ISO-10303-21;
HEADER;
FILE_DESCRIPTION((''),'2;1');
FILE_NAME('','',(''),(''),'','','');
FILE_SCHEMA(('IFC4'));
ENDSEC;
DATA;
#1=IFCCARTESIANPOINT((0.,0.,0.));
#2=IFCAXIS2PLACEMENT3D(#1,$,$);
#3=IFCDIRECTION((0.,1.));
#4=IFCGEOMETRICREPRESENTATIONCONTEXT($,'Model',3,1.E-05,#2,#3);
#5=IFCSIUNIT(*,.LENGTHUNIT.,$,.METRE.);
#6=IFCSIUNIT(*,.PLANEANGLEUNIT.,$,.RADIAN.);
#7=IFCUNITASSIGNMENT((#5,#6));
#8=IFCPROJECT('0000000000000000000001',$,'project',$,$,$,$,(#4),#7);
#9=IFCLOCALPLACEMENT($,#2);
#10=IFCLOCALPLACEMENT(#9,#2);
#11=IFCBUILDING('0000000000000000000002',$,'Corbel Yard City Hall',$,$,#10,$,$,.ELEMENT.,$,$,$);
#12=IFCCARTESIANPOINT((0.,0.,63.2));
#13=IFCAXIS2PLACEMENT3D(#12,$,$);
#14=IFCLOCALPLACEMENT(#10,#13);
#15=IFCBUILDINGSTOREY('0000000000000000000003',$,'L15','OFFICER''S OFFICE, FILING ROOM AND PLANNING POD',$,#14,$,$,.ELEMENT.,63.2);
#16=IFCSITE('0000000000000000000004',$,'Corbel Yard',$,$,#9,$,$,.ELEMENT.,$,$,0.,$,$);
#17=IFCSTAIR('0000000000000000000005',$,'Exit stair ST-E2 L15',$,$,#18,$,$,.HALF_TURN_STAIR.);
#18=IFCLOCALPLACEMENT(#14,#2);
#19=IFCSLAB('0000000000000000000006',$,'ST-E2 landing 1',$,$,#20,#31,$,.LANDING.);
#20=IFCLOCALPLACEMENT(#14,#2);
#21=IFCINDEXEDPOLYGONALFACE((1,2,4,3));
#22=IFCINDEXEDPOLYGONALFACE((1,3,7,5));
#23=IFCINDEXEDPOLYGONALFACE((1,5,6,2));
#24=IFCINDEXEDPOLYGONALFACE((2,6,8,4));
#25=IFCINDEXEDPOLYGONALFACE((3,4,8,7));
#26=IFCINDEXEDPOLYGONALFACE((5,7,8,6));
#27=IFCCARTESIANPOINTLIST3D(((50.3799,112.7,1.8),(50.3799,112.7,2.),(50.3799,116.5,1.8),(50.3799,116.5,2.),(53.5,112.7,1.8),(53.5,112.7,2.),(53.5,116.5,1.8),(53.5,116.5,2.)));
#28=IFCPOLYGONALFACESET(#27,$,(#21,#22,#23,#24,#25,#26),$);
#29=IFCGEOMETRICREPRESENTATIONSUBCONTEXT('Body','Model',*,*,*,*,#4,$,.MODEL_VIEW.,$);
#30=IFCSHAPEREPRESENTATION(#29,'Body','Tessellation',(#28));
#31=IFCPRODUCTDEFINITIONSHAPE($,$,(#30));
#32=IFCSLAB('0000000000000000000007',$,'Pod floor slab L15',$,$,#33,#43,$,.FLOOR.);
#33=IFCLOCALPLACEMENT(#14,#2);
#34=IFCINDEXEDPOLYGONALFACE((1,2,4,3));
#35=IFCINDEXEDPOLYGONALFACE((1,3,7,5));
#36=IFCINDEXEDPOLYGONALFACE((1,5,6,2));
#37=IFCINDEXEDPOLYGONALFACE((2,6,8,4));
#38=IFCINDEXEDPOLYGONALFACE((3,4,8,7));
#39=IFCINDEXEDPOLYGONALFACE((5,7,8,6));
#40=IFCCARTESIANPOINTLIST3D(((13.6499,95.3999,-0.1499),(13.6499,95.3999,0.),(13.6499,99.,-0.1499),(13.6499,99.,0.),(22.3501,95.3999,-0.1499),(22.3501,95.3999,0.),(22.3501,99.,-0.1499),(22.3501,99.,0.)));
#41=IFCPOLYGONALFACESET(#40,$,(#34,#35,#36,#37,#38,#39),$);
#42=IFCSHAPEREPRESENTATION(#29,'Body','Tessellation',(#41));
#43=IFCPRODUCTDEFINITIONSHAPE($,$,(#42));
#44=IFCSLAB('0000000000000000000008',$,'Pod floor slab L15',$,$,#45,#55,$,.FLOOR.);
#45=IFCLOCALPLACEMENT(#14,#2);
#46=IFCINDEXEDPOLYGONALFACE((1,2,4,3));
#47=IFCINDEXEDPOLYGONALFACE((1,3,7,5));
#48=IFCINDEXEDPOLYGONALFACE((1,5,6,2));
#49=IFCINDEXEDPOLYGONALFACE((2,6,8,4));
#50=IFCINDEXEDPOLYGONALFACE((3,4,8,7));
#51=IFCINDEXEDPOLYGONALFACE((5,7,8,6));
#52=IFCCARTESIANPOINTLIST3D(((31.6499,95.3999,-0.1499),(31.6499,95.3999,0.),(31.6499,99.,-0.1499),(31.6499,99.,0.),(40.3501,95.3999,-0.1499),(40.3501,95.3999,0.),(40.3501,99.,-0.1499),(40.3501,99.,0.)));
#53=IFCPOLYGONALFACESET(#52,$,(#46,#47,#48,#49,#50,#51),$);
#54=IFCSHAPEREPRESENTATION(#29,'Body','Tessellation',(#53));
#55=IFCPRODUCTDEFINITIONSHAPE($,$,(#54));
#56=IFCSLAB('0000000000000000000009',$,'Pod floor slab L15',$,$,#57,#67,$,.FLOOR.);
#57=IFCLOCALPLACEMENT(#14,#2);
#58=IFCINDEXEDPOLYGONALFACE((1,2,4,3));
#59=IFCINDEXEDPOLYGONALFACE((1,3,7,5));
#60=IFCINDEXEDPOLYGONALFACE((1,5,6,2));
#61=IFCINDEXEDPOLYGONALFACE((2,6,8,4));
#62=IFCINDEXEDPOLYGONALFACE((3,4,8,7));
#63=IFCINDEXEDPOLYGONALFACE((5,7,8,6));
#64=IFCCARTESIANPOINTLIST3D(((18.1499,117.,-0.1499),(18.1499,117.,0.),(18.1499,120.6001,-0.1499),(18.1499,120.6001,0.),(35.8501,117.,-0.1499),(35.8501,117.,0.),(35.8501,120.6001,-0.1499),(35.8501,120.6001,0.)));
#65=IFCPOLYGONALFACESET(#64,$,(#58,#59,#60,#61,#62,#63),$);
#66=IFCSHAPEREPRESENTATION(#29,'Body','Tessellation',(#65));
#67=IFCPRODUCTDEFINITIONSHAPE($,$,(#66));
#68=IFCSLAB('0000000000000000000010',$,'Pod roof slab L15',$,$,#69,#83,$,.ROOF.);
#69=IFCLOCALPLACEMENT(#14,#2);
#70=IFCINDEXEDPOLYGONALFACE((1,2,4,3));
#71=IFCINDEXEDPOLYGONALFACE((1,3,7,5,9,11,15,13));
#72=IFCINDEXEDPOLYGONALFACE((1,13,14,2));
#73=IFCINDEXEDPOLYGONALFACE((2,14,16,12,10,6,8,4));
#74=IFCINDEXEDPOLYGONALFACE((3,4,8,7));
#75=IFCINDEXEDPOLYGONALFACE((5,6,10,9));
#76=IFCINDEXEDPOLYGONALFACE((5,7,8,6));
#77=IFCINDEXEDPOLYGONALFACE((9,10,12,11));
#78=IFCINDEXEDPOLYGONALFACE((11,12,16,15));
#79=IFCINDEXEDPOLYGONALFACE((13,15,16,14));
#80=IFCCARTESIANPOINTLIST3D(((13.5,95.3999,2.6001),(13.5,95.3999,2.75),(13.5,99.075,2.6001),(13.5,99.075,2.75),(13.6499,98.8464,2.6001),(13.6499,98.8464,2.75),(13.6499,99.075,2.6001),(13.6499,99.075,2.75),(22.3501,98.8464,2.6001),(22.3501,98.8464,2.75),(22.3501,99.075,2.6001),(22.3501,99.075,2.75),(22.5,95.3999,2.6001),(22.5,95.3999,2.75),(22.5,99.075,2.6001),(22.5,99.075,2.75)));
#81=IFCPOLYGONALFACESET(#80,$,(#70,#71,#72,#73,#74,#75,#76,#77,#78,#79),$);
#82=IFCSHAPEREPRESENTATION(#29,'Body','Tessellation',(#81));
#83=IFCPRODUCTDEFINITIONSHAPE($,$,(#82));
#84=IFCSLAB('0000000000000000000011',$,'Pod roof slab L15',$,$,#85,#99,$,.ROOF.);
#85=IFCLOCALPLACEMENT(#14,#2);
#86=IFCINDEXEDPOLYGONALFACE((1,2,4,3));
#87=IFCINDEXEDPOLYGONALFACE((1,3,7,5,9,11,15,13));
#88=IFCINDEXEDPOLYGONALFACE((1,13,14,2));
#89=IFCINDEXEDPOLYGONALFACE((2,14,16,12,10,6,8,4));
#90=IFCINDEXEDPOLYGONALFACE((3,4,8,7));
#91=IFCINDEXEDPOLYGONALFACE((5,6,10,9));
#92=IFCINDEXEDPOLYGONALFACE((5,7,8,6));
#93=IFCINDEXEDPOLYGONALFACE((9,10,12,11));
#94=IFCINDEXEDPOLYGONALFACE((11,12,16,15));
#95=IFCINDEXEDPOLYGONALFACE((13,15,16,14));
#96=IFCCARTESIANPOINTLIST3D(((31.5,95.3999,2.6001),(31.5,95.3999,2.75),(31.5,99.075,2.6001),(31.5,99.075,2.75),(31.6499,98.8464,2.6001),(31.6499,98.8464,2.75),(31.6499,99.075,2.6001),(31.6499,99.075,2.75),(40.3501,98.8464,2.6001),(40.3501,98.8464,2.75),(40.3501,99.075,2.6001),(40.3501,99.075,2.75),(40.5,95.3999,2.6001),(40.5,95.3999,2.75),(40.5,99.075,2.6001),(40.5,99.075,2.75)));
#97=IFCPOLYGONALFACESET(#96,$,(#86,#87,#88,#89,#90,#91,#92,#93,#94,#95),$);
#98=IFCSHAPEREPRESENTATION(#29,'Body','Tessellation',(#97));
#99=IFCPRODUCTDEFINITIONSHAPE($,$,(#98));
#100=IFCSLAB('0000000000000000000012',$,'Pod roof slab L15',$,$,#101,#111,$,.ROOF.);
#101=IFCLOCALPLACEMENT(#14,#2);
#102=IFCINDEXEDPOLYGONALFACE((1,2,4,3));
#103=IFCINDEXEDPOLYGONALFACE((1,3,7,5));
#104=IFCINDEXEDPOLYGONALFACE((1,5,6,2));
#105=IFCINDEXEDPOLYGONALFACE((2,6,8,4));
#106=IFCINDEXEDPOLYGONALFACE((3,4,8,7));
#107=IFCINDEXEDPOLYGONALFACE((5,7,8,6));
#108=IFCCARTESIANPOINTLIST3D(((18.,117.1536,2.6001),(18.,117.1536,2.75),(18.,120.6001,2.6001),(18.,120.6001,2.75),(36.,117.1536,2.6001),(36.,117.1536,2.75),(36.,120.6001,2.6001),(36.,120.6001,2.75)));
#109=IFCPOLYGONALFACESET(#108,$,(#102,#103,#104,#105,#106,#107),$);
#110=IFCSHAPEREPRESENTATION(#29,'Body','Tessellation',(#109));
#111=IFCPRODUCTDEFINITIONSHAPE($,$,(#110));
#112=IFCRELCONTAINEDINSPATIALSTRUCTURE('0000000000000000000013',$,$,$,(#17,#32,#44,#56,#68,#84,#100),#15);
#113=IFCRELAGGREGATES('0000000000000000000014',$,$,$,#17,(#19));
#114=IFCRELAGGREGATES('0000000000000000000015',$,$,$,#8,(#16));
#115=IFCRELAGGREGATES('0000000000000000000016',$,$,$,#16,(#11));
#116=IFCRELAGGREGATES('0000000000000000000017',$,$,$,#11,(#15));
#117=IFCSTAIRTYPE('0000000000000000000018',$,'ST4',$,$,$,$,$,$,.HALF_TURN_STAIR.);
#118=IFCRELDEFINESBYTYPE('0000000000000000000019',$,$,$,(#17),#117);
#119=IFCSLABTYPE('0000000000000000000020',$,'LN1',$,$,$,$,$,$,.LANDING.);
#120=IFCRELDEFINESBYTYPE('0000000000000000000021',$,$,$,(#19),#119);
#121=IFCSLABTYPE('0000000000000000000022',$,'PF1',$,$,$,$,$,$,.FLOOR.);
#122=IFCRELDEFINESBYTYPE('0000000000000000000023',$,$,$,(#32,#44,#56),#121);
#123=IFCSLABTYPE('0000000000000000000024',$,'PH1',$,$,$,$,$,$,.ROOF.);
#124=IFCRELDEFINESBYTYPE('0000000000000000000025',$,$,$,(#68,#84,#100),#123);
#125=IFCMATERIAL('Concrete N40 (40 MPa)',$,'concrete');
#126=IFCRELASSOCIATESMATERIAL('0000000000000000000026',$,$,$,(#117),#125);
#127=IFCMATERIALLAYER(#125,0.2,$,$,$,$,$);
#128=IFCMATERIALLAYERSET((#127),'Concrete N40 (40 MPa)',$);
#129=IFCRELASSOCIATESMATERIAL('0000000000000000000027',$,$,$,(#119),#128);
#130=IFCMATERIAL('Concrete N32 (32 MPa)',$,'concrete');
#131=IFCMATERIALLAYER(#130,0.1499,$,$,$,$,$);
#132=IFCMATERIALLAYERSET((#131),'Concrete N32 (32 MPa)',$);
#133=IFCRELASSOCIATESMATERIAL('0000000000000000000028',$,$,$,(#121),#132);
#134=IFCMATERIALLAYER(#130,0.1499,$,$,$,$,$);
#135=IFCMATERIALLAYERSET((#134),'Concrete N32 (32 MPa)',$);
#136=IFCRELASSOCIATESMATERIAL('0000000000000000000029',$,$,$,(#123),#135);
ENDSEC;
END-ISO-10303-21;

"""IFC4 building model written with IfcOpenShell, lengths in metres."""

from ifc_helpers import new_model, si_unit, direction, frame, origin, place, context, subcontext, project, spatial, polyline, outline, extrude, material, layer, layer_set, type_object, element, aggregate, save


model = new_model("IFC4")

# Units and contexts
model_context = context("Model", 3, precision=1e-05, world=origin(), true_north=direction((0.0, 1.0)))
body_context = subcontext(model_context, "Body", "Model", "MODEL_VIEW")
ifc_project = project(units=[si_unit("LENGTHUNIT", "METRE"), si_unit("PLANEANGLEUNIT", "RADIAN")], contexts=[model_context])

# Site, building, storey
site_placement = place(None, origin())
site = spatial("IfcSite", under=ifc_project, at=site_placement, Name="Corbel Yard", CompositionType="ELEMENT", RefElevation=0.0)
building_placement = place(site_placement, origin())
building = spatial("IfcBuilding", under=site, at=building_placement, Name="Corbel Yard City Hall", CompositionType="ELEMENT")
storey_placement = place(building_placement, frame((0.0, 0.0, 63.2)))
storey = spatial("IfcBuildingStorey", under=building, at=storey_placement, Name="L15", Description="OFFICER'S OFFICE, FILING ROOM AND PLANNING POD", CompositionType="ELEMENT", Elevation=63.2)

# Shared definitions
ifc_material_1 = material(Name="Concrete N40 (40 MPa)", Category="concrete")

# Stair, slab
stair_type = type_object("IfcStairType", Name="ST4", PredefinedType="HALF_TURN_STAIR", material=ifc_material_1)
ifc_layer_1 = layer(ifc_material_1, 0.2)
ifc_layer_set_1 = layer_set([ifc_layer_1], Name="Concrete N40 (40 MPa)")
slab_type_1 = type_object("IfcSlabType", Name="LN1", PredefinedType="LANDING", material=ifc_layer_set_1)
stair_1_placement = place(storey_placement, origin())
stair_1 = element("IfcStair", 1, at=stair_1_placement, inside=storey, type_object=stair_type, Name="Exit stair ST-E2 L15", PredefinedType="HALF_TURN_STAIR")
slab_1_placement = place(storey_placement, frame((0.0, 0.0, 1.8)))
slab_1 = element("IfcSlab", 2, at=slab_1_placement, type_object=slab_type_1, Name="ST-E2 landing 1", PredefinedType="LANDING", context=body_context, shape_type="SweptSolid", body=[
    extrude(outline(polyline([(50.3799, 112.7), (53.5, 112.7), (53.5, 116.5), (50.3799, 116.5), (50.3799, 112.7)])), origin(), (0.0, 0.0, 1.0), 0.2),
])
aggregate(stair_1, [slab_1])

# Slabs
ifc_material_2 = material(Name="Concrete N32 (32 MPa)", Category="concrete")
ifc_layer_2 = layer(ifc_material_2, 0.1499)
ifc_layer_set_2 = layer_set([ifc_layer_2], Name="Concrete N32 (32 MPa)")
slab_type_2 = type_object("IfcSlabType", Name="PF1", PredefinedType="FLOOR", material=ifc_layer_set_2)
slab_2_placement = place(storey_placement, frame((0.0, 0.0, -0.1499)))
element("IfcSlab", 3, at=slab_2_placement, inside=storey, type_object=slab_type_2, Name="Pod floor slab L15", PredefinedType="FLOOR", context=body_context, shape_type="SweptSolid", body=[
    extrude(outline(polyline([(13.6499, 95.3999), (22.3501, 95.3999), (22.3501, 99.0), (13.6499, 99.0), (13.6499, 95.3999)])), origin(), (0.0, 0.0, 1.0), 0.1499),
])
slab_3_placement = place(storey_placement, frame((0.0, 0.0, -0.1499)))
element("IfcSlab", 4, at=slab_3_placement, inside=storey, type_object=slab_type_2, Name="Pod floor slab L15", PredefinedType="FLOOR", context=body_context, shape_type="SweptSolid", body=[
    extrude(outline(polyline([(31.6499, 95.3999), (40.3501, 95.3999), (40.3501, 99.0), (31.6499, 99.0), (31.6499, 95.3999)])), origin(), (0.0, 0.0, 1.0), 0.1499),
])
slab_4_placement = place(storey_placement, frame((0.0, 0.0, -0.1499)))
element("IfcSlab", 5, at=slab_4_placement, inside=storey, type_object=slab_type_2, Name="Pod floor slab L15", PredefinedType="FLOOR", context=body_context, shape_type="SweptSolid", body=[
    extrude(outline(polyline([(18.1499, 117.0), (35.8501, 117.0), (35.8501, 120.6001), (18.1499, 120.6001), (18.1499, 117.0)])), origin(), (0.0, 0.0, 1.0), 0.1499),
])
ifc_layer_3 = layer(ifc_material_2, 0.1499)
ifc_layer_set_3 = layer_set([ifc_layer_3], Name="Concrete N32 (32 MPa)")
slab_type_3 = type_object("IfcSlabType", Name="PH1", PredefinedType="ROOF", material=ifc_layer_set_3)
slab_5_placement = place(storey_placement, frame((0.0, 0.0, 2.6001)))
element("IfcSlab", 6, at=slab_5_placement, inside=storey, type_object=slab_type_3, Name="Pod roof slab L15", PredefinedType="ROOF", context=body_context, shape_type="SweptSolid", body=[
    extrude(outline(polyline([(13.5, 95.3999), (22.5, 95.3999), (22.5, 99.075), (22.3501, 99.075), (22.3501, 98.8464), (13.6499, 98.8464), (13.6499, 99.075), (13.5, 99.075), (13.5, 95.3999)])), origin(), (0.0, 0.0, 1.0), 0.1499),
])
slab_6_placement = place(storey_placement, frame((0.0, 0.0, 2.6001)))
element("IfcSlab", 7, at=slab_6_placement, inside=storey, type_object=slab_type_3, Name="Pod roof slab L15", PredefinedType="ROOF", context=body_context, shape_type="SweptSolid", body=[
    extrude(outline(polyline([(31.5, 95.3999), (40.5, 95.3999), (40.5, 99.075), (40.3501, 99.075), (40.3501, 98.8464), (31.6499, 98.8464), (31.6499, 99.075), (31.5, 99.075), (31.5, 95.3999)])), origin(), (0.0, 0.0, 1.0), 0.1499),
])
slab_7_placement = place(storey_placement, frame((0.0, 0.0, 2.6001)))
element("IfcSlab", 8, at=slab_7_placement, inside=storey, type_object=slab_type_3, Name="Pod roof slab L15", PredefinedType="ROOF", context=body_context, shape_type="SweptSolid", body=[
    extrude(outline(polyline([(18.0, 120.6001), (18.0, 117.1536), (36.0, 117.1536), (36.0, 120.6001), (18.0, 120.6001)])), origin(), (0.0, 0.0, 1.0), 0.1499),
])

save(model, "model.ifc")
